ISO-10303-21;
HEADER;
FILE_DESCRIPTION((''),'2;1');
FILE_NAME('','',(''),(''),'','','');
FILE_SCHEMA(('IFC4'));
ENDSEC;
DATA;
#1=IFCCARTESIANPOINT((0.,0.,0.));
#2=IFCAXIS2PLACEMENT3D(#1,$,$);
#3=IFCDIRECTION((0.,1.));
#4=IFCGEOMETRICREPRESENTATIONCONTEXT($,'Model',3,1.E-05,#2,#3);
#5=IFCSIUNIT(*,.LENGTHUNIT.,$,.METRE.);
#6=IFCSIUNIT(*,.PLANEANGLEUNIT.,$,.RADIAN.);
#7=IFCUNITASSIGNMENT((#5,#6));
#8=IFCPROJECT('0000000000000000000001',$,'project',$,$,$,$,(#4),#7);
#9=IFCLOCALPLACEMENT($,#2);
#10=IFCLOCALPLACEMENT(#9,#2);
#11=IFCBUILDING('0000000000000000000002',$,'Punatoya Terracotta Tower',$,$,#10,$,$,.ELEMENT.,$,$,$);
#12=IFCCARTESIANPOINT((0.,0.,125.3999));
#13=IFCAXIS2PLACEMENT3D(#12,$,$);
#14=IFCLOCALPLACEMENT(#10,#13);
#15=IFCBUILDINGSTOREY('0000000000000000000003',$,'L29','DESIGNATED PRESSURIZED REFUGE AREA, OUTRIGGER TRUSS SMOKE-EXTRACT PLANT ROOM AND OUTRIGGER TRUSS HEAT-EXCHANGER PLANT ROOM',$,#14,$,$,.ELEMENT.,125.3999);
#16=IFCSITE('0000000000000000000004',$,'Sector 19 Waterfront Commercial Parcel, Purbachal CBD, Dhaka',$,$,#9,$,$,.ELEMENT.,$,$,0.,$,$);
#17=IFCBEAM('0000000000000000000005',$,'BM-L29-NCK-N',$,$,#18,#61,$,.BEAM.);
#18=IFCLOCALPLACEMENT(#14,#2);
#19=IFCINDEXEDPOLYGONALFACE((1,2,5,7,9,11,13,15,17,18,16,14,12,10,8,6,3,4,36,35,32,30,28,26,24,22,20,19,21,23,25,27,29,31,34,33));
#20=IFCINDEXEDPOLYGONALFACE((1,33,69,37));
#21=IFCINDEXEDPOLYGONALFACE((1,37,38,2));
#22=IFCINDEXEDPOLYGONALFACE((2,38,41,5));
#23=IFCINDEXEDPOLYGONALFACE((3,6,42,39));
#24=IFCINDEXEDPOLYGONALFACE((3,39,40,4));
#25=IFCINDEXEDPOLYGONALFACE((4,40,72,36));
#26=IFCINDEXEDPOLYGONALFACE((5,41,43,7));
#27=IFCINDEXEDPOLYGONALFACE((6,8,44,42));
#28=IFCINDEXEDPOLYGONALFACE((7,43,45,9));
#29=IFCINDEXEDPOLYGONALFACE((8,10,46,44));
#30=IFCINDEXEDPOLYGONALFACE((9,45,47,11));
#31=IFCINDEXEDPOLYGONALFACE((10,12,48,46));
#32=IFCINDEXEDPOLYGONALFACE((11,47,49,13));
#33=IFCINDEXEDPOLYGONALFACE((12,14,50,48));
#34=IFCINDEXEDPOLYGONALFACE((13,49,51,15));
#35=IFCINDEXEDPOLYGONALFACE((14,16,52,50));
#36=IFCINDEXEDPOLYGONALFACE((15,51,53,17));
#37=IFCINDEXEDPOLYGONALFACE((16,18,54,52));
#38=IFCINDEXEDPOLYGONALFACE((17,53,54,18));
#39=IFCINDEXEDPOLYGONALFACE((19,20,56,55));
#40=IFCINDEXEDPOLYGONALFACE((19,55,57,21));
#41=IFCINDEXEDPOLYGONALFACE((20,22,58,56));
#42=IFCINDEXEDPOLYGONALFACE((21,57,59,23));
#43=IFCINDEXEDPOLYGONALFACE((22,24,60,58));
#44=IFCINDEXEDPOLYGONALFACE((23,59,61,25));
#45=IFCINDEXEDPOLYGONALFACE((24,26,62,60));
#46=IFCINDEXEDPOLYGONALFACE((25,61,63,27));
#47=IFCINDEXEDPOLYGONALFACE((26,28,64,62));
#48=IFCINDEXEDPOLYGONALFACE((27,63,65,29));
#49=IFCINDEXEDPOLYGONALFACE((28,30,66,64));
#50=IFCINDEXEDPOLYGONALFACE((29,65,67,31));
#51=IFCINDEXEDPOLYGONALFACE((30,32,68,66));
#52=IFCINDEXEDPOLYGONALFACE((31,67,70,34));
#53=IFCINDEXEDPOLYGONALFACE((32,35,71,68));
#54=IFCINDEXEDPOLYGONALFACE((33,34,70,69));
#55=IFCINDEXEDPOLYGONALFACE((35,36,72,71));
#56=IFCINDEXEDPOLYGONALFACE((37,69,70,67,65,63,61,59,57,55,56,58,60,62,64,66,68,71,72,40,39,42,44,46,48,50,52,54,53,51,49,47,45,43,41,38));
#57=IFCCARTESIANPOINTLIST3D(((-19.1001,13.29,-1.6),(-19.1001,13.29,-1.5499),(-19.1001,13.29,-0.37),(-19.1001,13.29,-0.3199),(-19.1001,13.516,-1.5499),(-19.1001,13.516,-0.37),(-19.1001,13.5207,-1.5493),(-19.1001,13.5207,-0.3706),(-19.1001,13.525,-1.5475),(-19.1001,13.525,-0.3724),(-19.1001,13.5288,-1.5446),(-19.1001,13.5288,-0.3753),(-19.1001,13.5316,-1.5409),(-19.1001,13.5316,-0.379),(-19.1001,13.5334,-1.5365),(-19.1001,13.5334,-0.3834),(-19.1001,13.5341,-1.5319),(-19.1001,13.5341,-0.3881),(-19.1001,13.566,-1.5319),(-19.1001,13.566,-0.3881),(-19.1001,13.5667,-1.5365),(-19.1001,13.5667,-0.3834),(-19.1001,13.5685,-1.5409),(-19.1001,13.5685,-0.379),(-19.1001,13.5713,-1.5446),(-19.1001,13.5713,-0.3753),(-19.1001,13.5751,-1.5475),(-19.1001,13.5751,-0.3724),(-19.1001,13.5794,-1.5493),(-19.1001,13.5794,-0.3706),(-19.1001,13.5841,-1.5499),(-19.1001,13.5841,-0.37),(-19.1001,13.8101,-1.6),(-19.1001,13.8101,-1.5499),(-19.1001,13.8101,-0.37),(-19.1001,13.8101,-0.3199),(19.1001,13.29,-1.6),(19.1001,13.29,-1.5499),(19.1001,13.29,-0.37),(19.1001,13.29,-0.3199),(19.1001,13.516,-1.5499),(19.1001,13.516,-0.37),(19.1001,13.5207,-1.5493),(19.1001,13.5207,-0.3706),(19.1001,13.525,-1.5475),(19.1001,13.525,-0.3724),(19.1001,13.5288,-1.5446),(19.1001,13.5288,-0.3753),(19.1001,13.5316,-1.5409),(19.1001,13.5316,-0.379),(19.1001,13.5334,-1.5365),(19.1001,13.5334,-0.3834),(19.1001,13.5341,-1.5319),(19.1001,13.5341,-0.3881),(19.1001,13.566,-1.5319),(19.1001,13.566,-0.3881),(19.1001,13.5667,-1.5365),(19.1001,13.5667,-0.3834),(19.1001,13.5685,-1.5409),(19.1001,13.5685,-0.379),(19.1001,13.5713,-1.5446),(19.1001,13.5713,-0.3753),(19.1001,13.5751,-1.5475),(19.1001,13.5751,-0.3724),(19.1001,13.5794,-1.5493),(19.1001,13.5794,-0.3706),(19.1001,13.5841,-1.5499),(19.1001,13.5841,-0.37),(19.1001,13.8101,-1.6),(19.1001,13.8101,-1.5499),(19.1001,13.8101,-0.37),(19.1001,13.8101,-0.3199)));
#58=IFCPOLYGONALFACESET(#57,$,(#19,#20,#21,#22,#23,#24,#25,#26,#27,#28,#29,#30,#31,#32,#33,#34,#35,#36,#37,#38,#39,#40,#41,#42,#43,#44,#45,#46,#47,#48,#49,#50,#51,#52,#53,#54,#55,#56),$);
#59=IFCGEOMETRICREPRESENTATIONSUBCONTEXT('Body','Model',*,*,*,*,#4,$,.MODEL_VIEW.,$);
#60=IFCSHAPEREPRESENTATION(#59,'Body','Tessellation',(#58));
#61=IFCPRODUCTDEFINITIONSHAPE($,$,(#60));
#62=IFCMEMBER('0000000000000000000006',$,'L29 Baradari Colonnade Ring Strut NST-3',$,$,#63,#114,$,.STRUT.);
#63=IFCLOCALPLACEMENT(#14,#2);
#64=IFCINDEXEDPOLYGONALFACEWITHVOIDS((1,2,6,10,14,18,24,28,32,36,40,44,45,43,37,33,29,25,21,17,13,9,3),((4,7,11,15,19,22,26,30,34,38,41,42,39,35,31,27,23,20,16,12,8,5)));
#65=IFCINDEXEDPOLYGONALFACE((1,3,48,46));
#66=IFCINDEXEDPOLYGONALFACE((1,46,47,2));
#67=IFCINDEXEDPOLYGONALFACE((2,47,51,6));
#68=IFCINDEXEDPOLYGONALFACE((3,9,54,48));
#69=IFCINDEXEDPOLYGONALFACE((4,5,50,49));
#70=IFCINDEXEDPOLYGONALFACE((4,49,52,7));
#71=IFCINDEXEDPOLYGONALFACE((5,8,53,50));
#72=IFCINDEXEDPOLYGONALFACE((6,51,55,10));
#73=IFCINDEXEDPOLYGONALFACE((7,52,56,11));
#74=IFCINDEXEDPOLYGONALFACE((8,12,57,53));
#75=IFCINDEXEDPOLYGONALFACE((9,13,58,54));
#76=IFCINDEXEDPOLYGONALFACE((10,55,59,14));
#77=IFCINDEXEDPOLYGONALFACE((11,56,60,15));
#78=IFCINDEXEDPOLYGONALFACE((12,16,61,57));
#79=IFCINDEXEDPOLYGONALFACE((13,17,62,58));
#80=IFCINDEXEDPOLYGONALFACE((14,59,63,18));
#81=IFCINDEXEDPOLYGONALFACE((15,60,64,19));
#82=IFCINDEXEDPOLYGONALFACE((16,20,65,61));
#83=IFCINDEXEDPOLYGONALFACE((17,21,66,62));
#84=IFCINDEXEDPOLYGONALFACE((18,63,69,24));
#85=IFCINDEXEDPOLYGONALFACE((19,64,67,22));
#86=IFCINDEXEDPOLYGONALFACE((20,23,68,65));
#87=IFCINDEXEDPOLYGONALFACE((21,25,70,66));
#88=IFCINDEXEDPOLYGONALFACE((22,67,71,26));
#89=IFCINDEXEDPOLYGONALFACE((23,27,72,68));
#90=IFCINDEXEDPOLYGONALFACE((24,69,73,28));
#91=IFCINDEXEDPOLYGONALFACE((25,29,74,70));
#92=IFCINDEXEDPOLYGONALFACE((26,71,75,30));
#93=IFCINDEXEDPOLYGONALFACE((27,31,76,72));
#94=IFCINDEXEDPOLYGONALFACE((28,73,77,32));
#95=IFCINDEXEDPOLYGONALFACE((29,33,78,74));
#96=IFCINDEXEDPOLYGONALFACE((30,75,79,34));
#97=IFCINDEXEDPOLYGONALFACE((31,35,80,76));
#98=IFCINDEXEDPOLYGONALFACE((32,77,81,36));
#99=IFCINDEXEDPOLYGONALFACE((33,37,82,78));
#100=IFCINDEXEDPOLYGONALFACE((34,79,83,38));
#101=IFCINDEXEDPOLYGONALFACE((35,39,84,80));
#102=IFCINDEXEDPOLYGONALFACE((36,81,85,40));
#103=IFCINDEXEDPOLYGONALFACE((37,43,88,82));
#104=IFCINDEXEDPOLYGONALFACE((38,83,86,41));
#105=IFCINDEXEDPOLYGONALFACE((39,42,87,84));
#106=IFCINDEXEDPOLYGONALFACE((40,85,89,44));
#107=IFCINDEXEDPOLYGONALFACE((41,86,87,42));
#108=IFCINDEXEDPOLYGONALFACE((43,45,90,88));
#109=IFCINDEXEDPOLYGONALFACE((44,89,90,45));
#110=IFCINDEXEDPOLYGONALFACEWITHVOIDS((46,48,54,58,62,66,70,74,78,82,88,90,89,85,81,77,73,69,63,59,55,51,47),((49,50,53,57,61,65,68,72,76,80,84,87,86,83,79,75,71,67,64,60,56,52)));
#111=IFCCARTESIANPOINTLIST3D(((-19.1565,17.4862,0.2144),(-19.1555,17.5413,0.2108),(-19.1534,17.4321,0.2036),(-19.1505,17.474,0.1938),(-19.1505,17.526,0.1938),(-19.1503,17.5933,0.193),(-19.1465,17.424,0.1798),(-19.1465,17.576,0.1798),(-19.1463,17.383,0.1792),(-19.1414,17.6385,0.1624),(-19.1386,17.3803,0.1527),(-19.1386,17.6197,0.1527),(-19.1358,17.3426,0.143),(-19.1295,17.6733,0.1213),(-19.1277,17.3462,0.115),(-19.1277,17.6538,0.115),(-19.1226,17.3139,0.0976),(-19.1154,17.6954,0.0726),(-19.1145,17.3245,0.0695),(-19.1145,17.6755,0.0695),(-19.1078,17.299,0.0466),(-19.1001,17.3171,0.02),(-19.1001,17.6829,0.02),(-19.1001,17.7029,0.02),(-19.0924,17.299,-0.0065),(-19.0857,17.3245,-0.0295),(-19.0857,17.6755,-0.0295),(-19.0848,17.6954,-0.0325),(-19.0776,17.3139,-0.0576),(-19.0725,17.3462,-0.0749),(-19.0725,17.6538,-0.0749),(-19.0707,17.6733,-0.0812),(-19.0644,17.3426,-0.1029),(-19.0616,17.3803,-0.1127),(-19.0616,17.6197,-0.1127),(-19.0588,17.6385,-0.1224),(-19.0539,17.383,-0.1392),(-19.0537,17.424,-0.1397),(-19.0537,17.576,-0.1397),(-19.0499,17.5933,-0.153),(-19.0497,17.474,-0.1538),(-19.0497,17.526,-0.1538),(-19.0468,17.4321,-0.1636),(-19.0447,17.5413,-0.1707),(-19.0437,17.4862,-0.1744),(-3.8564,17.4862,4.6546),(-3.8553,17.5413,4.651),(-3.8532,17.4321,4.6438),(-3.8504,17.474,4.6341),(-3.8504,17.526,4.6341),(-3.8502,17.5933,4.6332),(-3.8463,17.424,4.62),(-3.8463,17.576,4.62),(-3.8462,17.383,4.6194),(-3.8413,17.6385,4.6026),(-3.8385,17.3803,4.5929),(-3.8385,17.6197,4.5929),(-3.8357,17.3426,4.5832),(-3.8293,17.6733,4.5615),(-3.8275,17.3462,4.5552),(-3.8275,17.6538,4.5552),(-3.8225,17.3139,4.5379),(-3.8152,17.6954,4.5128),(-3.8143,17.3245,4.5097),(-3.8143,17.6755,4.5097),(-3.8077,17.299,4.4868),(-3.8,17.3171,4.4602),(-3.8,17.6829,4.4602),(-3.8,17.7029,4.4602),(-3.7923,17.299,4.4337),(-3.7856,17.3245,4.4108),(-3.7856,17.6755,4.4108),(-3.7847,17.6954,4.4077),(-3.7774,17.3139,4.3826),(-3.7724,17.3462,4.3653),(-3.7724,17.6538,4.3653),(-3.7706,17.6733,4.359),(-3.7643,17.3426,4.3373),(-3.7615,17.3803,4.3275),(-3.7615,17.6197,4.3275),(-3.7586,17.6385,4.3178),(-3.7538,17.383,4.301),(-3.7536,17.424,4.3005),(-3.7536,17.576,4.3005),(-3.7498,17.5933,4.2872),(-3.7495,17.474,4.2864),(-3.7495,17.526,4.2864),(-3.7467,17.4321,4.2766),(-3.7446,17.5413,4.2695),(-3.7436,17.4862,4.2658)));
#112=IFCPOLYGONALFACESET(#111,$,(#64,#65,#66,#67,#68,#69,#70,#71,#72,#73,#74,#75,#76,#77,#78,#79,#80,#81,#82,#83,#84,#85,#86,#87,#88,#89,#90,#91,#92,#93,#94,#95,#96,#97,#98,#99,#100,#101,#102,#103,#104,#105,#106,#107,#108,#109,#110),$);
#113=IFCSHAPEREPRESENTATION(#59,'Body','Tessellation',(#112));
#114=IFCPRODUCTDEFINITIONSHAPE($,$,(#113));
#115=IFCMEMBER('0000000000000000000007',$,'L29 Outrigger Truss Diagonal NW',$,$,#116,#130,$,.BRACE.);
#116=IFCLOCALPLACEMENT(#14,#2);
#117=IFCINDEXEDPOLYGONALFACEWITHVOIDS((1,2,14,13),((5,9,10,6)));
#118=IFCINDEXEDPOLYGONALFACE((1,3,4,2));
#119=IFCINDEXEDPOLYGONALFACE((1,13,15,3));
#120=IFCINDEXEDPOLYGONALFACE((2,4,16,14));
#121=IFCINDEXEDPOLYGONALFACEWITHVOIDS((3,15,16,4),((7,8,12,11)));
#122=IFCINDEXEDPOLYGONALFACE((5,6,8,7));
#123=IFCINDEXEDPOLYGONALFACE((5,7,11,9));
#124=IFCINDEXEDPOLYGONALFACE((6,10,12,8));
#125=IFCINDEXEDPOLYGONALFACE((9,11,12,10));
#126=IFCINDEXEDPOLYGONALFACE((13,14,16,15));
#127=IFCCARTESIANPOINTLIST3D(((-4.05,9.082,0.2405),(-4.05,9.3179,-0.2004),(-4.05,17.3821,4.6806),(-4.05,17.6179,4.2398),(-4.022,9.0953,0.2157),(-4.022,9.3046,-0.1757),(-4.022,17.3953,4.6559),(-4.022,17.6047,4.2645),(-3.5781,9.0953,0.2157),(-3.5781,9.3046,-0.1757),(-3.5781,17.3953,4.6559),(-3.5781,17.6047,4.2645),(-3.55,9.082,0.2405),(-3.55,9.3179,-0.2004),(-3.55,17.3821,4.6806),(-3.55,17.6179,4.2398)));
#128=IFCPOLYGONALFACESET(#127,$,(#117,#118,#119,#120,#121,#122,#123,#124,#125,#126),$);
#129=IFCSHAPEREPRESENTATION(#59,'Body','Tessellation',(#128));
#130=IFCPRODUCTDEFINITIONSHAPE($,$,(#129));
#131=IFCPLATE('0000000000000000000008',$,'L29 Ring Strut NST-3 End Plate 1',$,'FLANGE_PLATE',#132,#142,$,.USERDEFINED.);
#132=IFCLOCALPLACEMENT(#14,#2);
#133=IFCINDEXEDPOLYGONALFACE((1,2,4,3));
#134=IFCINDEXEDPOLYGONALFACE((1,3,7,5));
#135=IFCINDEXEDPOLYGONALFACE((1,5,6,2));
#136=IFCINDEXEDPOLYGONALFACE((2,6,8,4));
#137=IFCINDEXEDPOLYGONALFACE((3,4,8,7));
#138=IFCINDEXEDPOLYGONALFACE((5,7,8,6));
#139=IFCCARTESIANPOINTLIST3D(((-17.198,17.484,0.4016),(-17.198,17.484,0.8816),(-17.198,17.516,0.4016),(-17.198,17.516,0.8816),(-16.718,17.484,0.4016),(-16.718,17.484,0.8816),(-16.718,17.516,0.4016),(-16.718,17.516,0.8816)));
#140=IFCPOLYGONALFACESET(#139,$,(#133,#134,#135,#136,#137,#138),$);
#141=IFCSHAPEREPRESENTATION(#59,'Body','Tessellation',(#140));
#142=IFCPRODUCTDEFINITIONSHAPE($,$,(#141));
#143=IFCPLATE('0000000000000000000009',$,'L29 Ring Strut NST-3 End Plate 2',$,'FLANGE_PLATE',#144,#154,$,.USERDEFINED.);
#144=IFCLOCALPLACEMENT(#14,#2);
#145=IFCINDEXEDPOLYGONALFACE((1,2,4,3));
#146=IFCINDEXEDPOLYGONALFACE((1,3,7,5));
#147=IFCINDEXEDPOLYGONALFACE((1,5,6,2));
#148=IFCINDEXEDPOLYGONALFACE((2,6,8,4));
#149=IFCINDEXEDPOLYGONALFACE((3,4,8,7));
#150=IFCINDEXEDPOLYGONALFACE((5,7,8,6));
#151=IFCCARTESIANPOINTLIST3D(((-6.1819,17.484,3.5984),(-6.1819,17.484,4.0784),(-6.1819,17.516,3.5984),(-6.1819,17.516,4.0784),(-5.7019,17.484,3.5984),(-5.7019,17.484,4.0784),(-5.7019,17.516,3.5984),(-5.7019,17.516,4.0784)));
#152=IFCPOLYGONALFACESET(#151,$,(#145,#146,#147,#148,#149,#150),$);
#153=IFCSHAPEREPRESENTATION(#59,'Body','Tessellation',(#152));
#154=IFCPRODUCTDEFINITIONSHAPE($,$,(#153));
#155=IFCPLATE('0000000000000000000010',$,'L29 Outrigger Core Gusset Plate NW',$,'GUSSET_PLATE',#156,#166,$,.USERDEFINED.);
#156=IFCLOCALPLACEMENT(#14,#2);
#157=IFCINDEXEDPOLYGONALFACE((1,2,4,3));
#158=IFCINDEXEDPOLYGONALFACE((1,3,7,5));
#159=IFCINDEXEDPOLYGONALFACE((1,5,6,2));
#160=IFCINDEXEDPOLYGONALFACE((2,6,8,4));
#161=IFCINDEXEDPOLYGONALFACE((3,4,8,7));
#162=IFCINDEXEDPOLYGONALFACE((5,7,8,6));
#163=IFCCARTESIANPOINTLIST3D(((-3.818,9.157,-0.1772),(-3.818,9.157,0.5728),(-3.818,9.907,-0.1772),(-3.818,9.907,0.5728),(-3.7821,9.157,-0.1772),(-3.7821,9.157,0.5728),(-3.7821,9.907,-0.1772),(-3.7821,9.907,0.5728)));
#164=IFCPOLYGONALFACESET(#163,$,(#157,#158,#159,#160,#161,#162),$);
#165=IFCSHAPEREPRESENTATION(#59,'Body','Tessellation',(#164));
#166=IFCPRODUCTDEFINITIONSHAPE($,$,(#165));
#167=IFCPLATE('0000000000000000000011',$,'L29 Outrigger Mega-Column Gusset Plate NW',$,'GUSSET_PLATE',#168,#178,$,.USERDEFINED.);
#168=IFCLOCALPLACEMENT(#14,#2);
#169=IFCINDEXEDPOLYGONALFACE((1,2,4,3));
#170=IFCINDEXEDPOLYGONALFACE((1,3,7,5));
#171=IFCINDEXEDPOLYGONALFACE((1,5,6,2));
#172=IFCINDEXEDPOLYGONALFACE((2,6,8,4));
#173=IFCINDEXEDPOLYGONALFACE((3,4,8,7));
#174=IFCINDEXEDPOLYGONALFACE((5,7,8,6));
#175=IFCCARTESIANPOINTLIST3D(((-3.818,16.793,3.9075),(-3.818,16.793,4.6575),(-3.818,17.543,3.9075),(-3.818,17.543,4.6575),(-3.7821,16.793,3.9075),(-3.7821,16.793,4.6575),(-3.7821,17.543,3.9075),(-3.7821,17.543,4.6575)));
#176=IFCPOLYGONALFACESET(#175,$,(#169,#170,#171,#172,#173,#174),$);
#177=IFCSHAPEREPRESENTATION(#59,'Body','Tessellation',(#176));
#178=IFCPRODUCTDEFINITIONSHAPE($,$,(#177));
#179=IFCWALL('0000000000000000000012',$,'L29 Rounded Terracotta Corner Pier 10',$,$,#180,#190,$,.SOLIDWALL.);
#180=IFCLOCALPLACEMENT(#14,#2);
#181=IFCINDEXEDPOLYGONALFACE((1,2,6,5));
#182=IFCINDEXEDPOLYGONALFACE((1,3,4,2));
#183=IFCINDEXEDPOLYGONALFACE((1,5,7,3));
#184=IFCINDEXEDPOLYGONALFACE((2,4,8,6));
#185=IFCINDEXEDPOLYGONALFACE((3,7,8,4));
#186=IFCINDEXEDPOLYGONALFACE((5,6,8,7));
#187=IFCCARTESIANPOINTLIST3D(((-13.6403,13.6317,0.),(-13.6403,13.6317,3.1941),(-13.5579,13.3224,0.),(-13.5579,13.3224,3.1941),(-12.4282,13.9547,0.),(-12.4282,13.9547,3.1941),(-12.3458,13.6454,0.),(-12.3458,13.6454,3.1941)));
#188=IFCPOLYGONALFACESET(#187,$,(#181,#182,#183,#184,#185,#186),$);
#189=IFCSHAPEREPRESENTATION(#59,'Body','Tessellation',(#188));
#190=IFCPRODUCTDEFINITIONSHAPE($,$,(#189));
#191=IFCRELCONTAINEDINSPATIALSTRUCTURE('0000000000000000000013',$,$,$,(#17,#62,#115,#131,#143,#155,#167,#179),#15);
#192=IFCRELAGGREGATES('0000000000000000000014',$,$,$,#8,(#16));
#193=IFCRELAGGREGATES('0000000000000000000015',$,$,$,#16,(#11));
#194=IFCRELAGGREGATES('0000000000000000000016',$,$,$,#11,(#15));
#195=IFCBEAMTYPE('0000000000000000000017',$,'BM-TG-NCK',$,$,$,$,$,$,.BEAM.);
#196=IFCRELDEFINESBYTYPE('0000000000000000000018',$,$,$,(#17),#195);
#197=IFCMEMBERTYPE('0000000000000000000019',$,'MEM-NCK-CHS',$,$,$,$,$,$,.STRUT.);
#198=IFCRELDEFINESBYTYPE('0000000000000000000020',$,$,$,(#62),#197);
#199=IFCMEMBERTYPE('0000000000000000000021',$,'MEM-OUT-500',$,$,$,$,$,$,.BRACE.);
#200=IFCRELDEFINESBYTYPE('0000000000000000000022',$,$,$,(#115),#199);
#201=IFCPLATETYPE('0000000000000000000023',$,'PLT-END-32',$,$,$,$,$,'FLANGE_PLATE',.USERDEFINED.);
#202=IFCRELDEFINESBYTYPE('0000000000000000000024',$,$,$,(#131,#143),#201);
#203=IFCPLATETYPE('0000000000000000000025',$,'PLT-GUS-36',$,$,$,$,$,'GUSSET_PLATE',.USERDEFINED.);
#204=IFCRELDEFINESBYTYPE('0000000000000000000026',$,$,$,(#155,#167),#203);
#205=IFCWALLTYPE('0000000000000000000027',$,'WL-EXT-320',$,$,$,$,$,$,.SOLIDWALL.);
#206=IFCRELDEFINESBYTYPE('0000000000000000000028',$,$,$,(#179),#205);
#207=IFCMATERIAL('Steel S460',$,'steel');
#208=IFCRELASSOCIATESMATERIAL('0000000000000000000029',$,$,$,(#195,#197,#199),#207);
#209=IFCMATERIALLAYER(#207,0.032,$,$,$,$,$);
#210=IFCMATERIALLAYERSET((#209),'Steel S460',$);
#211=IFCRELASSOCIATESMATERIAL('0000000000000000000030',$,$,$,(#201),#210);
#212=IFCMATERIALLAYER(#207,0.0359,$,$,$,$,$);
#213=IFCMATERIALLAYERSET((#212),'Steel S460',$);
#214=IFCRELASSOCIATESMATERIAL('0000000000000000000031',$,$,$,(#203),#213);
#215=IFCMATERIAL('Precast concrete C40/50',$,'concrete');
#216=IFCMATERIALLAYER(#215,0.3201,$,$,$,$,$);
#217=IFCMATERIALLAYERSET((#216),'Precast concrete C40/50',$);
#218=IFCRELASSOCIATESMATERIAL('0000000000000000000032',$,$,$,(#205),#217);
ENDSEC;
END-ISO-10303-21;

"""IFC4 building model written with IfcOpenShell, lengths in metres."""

from ifc_helpers import new_model, si_unit, direction, frame, frame_2d, origin, origin_2d, place, context, subcontext, project, spatial, rectangle, hollow_rectangle, hollow_circle, i_section, extrude, material, layer, layer_set, material_profile, profile_set, type_object, element, save


model = new_model("IFC4")

# Units and contexts
model_context = context("Model", 3, precision=1e-05, world=origin(), true_north=direction((0.0, 1.0)))
body_context = subcontext(model_context, "Body", "Model", "MODEL_VIEW")
ifc_project = project(units=[si_unit("LENGTHUNIT", "METRE"), si_unit("PLANEANGLEUNIT", "RADIAN")], contexts=[model_context])

# Site, building, storey
site_placement = place(None, origin())
site = spatial("IfcSite", under=ifc_project, at=site_placement, Name="Sector 19 Waterfront Commercial Parcel, Purbachal CBD, Dhaka", CompositionType="ELEMENT", RefElevation=0.0)
building_placement = place(site_placement, origin())
building = spatial("IfcBuilding", under=site, at=building_placement, Name="Punatoya Terracotta Tower", CompositionType="ELEMENT")
storey_placement = place(building_placement, frame((0.0, 0.0, 125.3999)))
storey = spatial("IfcBuildingStorey", under=building, at=storey_placement, Name="L29", Description="DESIGNATED PRESSURIZED REFUGE AREA, OUTRIGGER TRUSS SMOKE-EXTRACT PLANT ROOM AND OUTRIGGER TRUSS HEAT-EXCHANGER PLANT ROOM", CompositionType="ELEMENT", Elevation=125.3999)

# Shared definitions
ifc_material_1 = material(Name="Steel S460", Category="steel")

# Beam
ifc_material_profile_1 = material_profile(ifc_material_1, i_section(OverallWidth=0.52, OverallDepth=1.28, WebThickness=0.032, FlangeThickness=0.05, FilletRadius=0.0181, at=origin_2d()))
ifc_profile_set_1 = profile_set([ifc_material_profile_1], Name="Steel S460")
beam_type_1 = type_object("IfcBeamType", Name="BM-TG-NCK", PredefinedType="BEAM", material=ifc_profile_set_1)
beam_1_placement = place(storey_placement, frame((-19.1001, 13.55, -0.96), z_axis=(1.0, 0.0, 0.0), x_axis=(0.0, 1.0, 0.0)))
element("IfcBeam", 1, at=beam_1_placement, inside=storey, type_object=beam_type_1, Name="BM-L29-NCK-N", PredefinedType="BEAM", context=body_context, shape_type="SweptSolid", body=[
    extrude(i_section(OverallWidth=0.52, OverallDepth=1.28, WebThickness=0.032, FlangeThickness=0.05, FilletRadius=0.0181, at=origin_2d()), origin(), (0.0, 0.0, 1.0), 38.2002),
])

# Members
ifc_material_profile_2 = material_profile(ifc_material_1, hollow_circle(Radius=0.2029, WallThickness=0.02, at=origin_2d()))
ifc_profile_set_2 = profile_set([ifc_material_profile_2], Name="Steel S460")
member_type_1 = type_object("IfcMemberType", Name="MEM-NCK-CHS", PredefinedType="STRUT", material=ifc_profile_set_2)
member_1_placement = place(storey_placement, frame((-19.1001, 17.5, 0.02), z_axis=(0.960376, 0.0, 0.278708), x_axis=(0.0, 1.0, 0.0)))
element("IfcMember", 2, at=member_1_placement, inside=storey, type_object=member_type_1, Name="L29 Baradari Colonnade Ring Strut NST-3", PredefinedType="STRUT", context=body_context, shape_type="SweptSolid", body=[
    extrude(hollow_circle(Radius=0.2029, WallThickness=0.02, at=origin_2d()), origin(), (0.0, 0.0, 1.0), 15.9314),
])
ifc_material_profile_3 = material_profile(ifc_material_1, hollow_rectangle(XDim=0.5, YDim=0.5, WallThickness=0.0281, at=origin_2d()))
ifc_profile_set_3 = profile_set([ifc_material_profile_3], Name="Steel S460")
member_type_2 = type_object("IfcMemberType", Name="MEM-OUT-500", PredefinedType="BRACE", material=ifc_profile_set_3)
member_2_placement = place(storey_placement, frame((-3.8, 9.2, 0.02), z_axis=(0.0, 0.881757, 0.471704), x_axis=(-1.0, 0.0, 0.0)))
element("IfcMember", 3, at=member_2_placement, inside=storey, type_object=member_type_2, Name="L29 Outrigger Truss Diagonal NW", PredefinedType="BRACE", context=body_context, shape_type="SweptSolid", body=[
    extrude(hollow_rectangle(XDim=0.5, YDim=0.5, WallThickness=0.0281, at=origin_2d()), origin(), (0.0, 0.0, 1.0), 9.4131),
])

# Plates
ifc_layer_1 = layer(ifc_material_1, 0.032)
ifc_layer_set_1 = layer_set([ifc_layer_1], Name="Steel S460")
plate_type_1 = type_object("IfcPlateType", Name="PLT-END-32", ElementType="FLANGE_PLATE", PredefinedType="USERDEFINED", material=ifc_layer_set_1)
for number, where, z_axis, x_axis, name in (
    (4, (-16.958, 17.5, 0.4016), (0.0, 0.0, 1.0), (1.0, 0.0, 0.0), "L29 Ring Strut NST-3 End Plate 1"),
    (5, (-5.9419, 17.5, 3.5984), (0.0, 0.0, 1.0), (1.0, 0.0, 0.0), "L29 Ring Strut NST-3 End Plate 2"),
):
    element("IfcPlate", number, at=place(storey_placement, frame(where, z_axis=z_axis, x_axis=x_axis)), inside=storey, type_object=plate_type_1, Name=name, ObjectType="FLANGE_PLATE", PredefinedType="USERDEFINED", context=body_context, shape_type="SweptSolid", body=[
        extrude(rectangle(XDim=0.48, YDim=0.032, at=origin_2d()), origin(), (0.0, 0.0, 1.0), 0.48),
    ])
ifc_layer_2 = layer(ifc_material_1, 0.0359)
ifc_layer_set_2 = layer_set([ifc_layer_2], Name="Steel S460")
plate_type_2 = type_object("IfcPlateType", Name="PLT-GUS-36", ElementType="GUSSET_PLATE", PredefinedType="USERDEFINED", material=ifc_layer_set_2)
for number, where, z_axis, x_axis, name in (
    (6, (-3.8, 9.532, -0.1772), (0.0, 0.0, 1.0), (0.0, 1.0, 0.0), "L29 Outrigger Core Gusset Plate NW"),
    (7, (-3.8, 17.168, 3.9075), (0.0, 0.0, 1.0), (0.0, 1.0, 0.0), "L29 Outrigger Mega-Column Gusset Plate NW"),
):
    element("IfcPlate", number, at=place(storey_placement, frame(where, z_axis=z_axis, x_axis=x_axis)), inside=storey, type_object=plate_type_2, Name=name, ObjectType="GUSSET_PLATE", PredefinedType="USERDEFINED", context=body_context, shape_type="SweptSolid", body=[
        extrude(rectangle(XDim=0.75, YDim=0.0359, at=origin_2d()), origin(), (0.0, 0.0, 1.0), 0.75),
    ])

# Wall
ifc_material_2 = material(Name="Precast concrete C40/50", Category="concrete")
ifc_layer_3 = layer(ifc_material_2, 0.3201)
ifc_layer_set_3 = layer_set([ifc_layer_3], Name="Precast concrete C40/50")
wall_type_1 = type_object("IfcWallType", Name="WL-EXT-320", PredefinedType="SOLIDWALL", material=ifc_layer_set_3)
wall_1_placement = place(storey_placement, frame((-12.387, 13.8, 0.0), z_axis=(0.0, 0.0, 1.0), x_axis=(-0.966283, -0.257481, 0.0)))
element("IfcWall", 8, at=wall_1_placement, inside=storey, type_object=wall_type_1, Name="L29 Rounded Terracotta Corner Pier 10", PredefinedType="SOLIDWALL", context=body_context, shape_type="SweptSolid", body=[
    extrude(rectangle(XDim=1.2544, YDim=0.3201, at=frame_2d((0.6272, 0.0))), origin(), (0.0, 0.0, 1.0), 3.1941),
])

save(model, "model.ifc")
